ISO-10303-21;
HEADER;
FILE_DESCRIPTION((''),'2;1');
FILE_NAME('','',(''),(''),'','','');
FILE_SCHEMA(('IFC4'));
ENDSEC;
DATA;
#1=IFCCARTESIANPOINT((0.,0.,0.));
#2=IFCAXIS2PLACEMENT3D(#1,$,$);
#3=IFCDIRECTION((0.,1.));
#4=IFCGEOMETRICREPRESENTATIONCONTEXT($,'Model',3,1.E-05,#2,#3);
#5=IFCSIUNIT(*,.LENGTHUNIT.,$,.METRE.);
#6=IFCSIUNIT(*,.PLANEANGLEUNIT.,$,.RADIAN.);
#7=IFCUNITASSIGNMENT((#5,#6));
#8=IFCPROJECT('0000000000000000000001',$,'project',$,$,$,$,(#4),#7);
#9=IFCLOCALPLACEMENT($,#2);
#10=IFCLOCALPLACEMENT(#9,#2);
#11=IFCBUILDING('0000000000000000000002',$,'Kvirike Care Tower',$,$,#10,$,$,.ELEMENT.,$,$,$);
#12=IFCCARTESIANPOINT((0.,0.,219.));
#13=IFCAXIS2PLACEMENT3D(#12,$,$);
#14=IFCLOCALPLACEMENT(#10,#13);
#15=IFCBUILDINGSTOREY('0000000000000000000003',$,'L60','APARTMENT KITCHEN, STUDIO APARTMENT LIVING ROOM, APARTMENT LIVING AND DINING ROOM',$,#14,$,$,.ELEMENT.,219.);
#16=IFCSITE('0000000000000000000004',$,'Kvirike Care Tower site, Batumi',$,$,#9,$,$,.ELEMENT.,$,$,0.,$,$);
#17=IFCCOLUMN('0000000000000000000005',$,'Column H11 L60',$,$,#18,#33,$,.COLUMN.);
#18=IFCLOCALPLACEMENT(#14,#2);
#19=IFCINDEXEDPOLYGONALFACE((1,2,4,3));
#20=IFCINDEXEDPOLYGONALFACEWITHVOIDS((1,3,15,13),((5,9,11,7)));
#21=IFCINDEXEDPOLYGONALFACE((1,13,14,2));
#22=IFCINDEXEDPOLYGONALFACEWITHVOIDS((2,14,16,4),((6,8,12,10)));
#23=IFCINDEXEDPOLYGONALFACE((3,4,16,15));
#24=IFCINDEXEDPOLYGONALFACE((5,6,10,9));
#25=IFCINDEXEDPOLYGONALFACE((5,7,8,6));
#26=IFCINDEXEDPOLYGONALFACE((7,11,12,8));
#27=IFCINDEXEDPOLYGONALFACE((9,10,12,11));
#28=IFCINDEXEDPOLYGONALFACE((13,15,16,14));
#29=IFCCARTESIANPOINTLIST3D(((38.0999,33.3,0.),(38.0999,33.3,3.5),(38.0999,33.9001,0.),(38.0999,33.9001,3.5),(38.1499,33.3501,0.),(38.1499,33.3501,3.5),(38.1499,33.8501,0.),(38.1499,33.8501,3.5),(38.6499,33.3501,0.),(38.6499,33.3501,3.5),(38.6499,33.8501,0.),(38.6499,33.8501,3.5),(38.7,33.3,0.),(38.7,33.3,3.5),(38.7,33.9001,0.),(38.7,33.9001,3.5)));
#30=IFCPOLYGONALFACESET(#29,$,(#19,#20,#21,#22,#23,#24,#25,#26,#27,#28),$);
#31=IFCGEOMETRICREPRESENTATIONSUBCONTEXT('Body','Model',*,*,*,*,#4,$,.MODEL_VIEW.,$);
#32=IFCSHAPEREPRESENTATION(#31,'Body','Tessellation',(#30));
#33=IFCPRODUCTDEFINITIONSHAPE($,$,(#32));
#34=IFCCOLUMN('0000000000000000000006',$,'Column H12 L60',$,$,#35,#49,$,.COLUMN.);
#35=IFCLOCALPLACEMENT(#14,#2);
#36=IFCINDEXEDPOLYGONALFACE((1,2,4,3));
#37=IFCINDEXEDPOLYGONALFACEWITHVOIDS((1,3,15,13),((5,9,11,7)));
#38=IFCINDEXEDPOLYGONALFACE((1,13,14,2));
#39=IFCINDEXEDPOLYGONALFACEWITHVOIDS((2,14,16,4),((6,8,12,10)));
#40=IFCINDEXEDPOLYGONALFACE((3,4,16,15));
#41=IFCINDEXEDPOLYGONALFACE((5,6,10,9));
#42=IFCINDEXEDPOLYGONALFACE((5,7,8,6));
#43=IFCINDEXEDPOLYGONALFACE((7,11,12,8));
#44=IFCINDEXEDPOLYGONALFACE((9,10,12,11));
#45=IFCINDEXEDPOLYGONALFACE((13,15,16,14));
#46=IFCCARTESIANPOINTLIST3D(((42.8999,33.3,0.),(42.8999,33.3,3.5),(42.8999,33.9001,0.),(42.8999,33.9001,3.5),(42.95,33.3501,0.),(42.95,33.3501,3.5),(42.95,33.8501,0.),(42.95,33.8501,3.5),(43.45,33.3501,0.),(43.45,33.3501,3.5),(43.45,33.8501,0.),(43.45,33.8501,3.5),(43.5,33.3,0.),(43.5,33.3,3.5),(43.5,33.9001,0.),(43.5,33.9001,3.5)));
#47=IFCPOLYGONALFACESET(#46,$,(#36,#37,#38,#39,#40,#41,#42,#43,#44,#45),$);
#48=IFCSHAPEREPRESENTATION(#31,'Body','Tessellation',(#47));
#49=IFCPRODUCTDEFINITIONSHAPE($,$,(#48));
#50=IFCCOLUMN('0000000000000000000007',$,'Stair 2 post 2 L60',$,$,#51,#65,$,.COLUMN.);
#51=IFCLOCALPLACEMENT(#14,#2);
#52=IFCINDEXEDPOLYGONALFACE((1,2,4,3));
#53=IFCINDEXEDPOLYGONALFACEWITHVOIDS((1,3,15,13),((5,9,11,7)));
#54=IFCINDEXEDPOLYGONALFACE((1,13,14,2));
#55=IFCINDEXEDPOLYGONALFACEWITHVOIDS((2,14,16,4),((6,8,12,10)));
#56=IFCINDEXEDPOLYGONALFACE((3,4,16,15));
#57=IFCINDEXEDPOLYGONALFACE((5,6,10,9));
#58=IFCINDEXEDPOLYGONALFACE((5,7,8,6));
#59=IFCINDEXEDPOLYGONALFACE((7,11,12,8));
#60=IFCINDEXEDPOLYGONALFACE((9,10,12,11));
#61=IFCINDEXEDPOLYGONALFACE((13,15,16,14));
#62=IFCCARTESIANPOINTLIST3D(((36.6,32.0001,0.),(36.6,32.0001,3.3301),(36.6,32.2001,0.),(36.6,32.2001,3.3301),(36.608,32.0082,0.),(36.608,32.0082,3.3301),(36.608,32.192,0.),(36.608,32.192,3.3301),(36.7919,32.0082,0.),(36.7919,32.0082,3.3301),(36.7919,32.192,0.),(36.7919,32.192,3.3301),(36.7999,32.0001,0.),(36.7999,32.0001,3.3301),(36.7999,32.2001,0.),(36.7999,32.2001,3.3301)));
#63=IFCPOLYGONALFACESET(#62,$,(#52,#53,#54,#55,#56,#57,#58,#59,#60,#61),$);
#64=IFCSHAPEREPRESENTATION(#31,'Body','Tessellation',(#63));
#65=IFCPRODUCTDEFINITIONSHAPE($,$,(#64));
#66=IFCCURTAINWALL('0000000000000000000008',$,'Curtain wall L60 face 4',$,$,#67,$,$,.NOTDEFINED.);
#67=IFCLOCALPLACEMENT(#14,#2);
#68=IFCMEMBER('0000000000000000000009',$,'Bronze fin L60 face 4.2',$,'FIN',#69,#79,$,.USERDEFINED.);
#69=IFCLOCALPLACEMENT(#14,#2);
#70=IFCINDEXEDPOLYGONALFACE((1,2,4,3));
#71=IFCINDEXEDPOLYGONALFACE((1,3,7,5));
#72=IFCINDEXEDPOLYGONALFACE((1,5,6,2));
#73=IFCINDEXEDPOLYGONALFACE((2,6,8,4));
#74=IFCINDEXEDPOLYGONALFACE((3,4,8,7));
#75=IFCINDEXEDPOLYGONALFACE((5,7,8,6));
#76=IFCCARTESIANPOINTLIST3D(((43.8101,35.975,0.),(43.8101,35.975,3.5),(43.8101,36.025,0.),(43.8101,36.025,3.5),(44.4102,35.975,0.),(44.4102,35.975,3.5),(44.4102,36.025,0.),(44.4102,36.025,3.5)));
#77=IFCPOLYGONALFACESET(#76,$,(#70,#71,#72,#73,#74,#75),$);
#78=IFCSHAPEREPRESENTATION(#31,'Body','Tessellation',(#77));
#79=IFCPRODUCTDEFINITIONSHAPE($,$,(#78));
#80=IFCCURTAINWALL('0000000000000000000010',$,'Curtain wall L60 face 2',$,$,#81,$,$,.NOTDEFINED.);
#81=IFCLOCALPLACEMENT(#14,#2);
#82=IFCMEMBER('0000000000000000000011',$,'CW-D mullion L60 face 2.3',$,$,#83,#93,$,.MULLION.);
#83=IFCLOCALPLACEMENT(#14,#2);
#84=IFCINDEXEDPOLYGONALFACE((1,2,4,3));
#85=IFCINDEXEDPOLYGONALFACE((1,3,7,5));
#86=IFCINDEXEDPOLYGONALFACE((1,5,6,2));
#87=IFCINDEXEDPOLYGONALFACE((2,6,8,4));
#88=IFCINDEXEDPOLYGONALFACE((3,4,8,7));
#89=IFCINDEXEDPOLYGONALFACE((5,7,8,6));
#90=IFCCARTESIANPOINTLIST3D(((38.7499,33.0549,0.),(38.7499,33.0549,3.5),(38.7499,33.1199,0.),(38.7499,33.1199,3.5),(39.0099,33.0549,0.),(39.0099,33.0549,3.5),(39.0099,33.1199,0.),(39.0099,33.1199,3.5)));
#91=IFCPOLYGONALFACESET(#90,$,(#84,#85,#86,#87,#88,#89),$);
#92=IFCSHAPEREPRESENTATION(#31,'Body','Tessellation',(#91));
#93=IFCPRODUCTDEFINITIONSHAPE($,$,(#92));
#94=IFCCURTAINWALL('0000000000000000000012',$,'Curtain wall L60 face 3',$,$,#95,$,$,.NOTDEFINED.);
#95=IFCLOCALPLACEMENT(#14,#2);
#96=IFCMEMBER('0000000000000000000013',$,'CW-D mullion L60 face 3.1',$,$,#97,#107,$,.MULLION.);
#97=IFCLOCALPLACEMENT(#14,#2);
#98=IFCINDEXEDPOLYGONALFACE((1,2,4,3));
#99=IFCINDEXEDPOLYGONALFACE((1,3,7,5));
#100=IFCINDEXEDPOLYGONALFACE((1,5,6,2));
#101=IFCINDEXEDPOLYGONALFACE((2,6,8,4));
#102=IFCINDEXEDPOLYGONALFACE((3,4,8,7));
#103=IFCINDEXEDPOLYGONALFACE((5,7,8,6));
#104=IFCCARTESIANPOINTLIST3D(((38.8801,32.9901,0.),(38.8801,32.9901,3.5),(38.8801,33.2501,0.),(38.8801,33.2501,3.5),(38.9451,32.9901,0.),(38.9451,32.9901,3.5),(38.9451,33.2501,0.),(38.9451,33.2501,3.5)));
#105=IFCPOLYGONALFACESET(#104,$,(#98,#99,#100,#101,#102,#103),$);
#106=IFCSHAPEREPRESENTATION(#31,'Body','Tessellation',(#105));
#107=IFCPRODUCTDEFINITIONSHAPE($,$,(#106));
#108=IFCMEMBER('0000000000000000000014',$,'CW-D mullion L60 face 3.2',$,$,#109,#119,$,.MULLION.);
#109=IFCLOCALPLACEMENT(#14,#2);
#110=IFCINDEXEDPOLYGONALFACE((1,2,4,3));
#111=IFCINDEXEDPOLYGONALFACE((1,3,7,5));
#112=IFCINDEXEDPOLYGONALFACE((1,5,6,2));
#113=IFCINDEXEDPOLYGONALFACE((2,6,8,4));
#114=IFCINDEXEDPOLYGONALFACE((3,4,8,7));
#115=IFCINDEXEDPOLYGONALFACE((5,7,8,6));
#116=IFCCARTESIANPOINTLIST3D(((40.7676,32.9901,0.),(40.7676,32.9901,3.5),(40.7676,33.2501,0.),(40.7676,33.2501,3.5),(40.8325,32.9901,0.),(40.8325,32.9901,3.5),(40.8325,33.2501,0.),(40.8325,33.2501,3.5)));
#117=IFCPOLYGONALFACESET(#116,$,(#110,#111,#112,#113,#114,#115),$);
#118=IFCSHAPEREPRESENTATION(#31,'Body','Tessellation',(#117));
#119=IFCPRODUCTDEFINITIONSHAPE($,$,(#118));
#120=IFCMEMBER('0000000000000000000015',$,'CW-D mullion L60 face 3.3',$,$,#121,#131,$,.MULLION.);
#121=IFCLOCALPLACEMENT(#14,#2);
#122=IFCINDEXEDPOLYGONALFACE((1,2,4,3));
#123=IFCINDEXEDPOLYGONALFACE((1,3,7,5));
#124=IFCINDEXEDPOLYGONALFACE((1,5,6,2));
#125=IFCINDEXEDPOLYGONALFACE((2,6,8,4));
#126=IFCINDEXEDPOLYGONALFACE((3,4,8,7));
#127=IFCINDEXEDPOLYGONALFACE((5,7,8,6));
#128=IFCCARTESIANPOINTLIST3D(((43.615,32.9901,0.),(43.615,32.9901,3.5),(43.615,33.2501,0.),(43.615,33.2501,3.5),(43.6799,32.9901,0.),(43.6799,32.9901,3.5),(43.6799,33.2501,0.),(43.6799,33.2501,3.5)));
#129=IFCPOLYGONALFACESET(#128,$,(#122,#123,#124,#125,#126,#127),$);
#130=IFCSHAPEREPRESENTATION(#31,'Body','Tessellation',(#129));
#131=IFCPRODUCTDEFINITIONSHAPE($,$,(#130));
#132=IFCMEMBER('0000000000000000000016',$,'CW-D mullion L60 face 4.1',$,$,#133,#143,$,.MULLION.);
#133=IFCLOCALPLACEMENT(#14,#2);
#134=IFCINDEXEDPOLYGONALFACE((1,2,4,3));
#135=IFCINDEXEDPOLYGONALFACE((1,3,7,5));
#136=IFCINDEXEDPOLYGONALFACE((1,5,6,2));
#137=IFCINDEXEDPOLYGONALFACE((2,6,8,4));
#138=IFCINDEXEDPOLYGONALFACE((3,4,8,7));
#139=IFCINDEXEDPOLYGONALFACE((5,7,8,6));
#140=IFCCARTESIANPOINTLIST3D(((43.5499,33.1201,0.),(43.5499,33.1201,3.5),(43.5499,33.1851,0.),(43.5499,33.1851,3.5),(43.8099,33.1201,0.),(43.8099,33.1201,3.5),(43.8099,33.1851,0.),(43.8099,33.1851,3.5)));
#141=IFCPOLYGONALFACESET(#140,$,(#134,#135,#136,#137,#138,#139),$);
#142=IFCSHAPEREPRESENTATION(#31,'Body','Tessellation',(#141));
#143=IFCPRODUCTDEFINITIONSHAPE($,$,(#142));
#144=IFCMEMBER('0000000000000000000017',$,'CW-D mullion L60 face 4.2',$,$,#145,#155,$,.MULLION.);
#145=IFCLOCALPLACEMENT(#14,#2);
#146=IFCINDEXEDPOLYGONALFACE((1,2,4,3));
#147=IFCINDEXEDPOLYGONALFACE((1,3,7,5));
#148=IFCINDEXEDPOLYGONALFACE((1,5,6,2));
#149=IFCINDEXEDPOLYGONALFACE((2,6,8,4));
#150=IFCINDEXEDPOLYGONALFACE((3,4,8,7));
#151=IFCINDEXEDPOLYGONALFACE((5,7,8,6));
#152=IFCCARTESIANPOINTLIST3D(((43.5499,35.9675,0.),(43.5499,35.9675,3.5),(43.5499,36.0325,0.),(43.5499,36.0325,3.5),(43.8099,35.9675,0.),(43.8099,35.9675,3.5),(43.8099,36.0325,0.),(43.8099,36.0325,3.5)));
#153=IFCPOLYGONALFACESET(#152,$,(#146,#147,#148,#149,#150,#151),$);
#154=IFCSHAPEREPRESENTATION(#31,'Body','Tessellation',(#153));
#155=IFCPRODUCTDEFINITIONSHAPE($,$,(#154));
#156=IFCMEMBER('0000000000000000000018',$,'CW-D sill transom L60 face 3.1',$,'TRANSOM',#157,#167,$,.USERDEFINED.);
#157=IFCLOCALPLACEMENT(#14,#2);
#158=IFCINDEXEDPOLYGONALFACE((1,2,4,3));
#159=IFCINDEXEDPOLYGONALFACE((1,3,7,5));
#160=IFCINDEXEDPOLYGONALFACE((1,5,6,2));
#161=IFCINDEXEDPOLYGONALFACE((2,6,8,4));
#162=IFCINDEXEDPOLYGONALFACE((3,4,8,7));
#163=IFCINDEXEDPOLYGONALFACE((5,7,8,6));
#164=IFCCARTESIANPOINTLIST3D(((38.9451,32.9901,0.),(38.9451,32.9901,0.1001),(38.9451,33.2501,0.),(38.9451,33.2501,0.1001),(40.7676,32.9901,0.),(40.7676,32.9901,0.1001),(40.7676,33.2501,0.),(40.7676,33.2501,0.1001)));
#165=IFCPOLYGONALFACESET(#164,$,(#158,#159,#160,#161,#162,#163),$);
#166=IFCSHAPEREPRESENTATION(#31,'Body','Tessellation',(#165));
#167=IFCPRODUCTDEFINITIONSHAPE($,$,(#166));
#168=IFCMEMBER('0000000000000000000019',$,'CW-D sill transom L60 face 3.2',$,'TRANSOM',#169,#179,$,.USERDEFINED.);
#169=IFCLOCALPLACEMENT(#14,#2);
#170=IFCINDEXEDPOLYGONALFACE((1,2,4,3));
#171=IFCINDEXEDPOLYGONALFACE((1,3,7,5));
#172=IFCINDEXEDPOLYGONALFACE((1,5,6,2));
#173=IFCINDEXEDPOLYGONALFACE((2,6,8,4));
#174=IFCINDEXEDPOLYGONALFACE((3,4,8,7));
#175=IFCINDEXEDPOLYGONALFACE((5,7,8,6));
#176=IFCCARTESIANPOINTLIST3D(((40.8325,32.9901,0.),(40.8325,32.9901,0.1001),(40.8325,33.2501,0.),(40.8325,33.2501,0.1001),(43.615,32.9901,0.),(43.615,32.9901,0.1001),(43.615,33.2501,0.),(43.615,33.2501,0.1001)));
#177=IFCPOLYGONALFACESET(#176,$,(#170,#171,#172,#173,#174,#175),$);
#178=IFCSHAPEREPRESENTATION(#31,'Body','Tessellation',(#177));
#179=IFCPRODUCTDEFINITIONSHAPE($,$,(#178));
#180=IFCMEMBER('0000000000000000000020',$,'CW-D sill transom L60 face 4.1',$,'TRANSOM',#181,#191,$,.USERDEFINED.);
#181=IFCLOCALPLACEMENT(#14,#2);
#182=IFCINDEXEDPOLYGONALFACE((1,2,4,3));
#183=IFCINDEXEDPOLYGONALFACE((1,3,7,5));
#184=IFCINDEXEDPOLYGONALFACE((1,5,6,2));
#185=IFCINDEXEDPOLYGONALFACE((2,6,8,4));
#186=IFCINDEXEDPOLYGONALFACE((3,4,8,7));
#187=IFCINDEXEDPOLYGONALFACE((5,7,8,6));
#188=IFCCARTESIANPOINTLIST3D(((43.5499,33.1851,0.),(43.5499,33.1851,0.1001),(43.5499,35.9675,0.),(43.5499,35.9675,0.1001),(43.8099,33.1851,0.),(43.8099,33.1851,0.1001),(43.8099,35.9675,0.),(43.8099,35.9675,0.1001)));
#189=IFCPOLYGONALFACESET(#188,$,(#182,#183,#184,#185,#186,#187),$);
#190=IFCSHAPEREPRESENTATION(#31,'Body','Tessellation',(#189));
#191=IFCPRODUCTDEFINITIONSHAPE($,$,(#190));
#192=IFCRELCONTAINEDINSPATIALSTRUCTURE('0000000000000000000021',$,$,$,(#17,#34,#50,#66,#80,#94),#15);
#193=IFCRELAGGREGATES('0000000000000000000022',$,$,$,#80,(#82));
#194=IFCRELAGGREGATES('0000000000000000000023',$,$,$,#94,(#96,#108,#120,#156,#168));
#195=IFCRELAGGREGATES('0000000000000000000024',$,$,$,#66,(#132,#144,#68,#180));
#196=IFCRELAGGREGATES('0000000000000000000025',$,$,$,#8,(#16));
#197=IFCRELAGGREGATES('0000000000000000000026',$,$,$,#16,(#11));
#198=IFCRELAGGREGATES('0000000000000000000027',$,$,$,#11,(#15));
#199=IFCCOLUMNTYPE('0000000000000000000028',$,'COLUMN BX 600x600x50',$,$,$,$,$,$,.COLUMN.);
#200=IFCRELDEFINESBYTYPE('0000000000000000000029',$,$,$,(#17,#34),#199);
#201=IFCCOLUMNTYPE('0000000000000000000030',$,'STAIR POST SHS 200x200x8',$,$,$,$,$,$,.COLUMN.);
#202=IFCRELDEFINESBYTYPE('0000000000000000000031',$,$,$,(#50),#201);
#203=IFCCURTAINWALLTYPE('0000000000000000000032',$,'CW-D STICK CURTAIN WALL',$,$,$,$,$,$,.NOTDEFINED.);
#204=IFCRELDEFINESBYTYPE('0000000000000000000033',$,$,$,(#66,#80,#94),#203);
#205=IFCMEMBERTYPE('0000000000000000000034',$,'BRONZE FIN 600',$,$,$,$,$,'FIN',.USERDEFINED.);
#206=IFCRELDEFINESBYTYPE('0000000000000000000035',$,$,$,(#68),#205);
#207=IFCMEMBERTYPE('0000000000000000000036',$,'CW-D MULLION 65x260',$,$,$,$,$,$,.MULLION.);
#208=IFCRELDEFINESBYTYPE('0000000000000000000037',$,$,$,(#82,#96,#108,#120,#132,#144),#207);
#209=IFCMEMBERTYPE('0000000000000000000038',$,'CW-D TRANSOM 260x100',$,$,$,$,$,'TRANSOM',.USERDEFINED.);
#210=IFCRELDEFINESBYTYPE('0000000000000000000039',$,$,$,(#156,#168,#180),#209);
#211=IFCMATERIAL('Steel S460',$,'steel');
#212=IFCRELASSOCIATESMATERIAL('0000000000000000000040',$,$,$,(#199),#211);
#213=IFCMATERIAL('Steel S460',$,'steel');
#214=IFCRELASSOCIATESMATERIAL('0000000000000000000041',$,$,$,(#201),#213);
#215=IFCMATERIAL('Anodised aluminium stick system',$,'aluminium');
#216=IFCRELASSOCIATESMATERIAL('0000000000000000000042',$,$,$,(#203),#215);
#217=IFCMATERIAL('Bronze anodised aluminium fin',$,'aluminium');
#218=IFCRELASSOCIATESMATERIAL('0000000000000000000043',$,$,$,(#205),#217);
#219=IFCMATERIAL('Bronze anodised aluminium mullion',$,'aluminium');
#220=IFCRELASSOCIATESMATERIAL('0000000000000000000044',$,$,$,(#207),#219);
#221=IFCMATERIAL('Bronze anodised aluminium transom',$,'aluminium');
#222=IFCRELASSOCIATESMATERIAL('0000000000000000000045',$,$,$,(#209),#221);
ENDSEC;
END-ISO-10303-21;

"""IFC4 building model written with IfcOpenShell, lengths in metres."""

from ifc_helpers import new_model, si_unit, direction, frame, origin, origin_2d, place, context, subcontext, project, spatial, rectangle, hollow_rectangle, extrude, material, material_profile, profile_set, type_object, element, aggregate, save


model = new_model("IFC4")

# Units and contexts
model_context = context("Model", 3, precision=1e-05, world=origin(), true_north=direction((0.0, 1.0)))
body_context = subcontext(model_context, "Body", "Model", "MODEL_VIEW")
ifc_project = project(units=[si_unit("LENGTHUNIT", "METRE"), si_unit("PLANEANGLEUNIT", "RADIAN")], contexts=[model_context])

# Site, building, storey
site_placement = place(None, origin())
site = spatial("IfcSite", under=ifc_project, at=site_placement, Name="Kvirike Care Tower site, Batumi", CompositionType="ELEMENT", RefElevation=0.0)
building_placement = place(site_placement, origin())
building = spatial("IfcBuilding", under=site, at=building_placement, Name="Kvirike Care Tower", CompositionType="ELEMENT")
storey_placement = place(building_placement, frame((0.0, 0.0, 219.0)))
storey = spatial("IfcBuildingStorey", under=building, at=storey_placement, Name="L60", Description="APARTMENT KITCHEN, STUDIO APARTMENT LIVING ROOM, APARTMENT LIVING AND DINING ROOM", CompositionType="ELEMENT", Elevation=219.0)

# Columns
ifc_material_1 = material(Name="Steel S460", Category="steel")
ifc_material_profile_1 = material_profile(ifc_material_1, hollow_rectangle(XDim=0.6001, YDim=0.6001, WallThickness=0.05, at=origin_2d()), Name="BX 600x600x50")
ifc_profile_set_1 = profile_set([ifc_material_profile_1], Name="Steel S460")
column_type_1 = type_object("IfcColumnType", Name="COLUMN BX 600x600x50", PredefinedType="COLUMN", material=ifc_profile_set_1)
for number, where, z_axis, x_axis, name in (
    (1, (38.3999, 33.6001, 0.0), (0.0, 0.0, 1.0), (0.0, 1.0, 0.0), "Column H11 L60"),
    (2, (43.2, 33.6001, 0.0), (0.0, 0.0, 1.0), (0.0, 1.0, 0.0), "Column H12 L60"),
):
    element("IfcColumn", number, at=place(storey_placement, frame(where, z_axis=z_axis, x_axis=x_axis)), inside=storey, type_object=column_type_1, Name=name, PredefinedType="COLUMN", context=body_context, shape_type="SweptSolid", body=[
        extrude(hollow_rectangle(XDim=0.6001, YDim=0.6001, WallThickness=0.05, at=origin_2d()), origin(), (0.0, 0.0, 1.0), 3.5),
    ])
ifc_material_2 = material(Name="Steel S460", Category="steel")
ifc_material_profile_2 = material_profile(ifc_material_2, hollow_rectangle(XDim=0.2, YDim=0.2, WallThickness=0.0081, at=origin_2d()), Name="SHS 200x200x8")
ifc_profile_set_2 = profile_set([ifc_material_profile_2], Name="Steel S460")
column_type_2 = type_object("IfcColumnType", Name="STAIR POST SHS 200x200x8", PredefinedType="COLUMN", material=ifc_profile_set_2)
column_placement = place(storey_placement, frame((36.7, 32.1001, 0.0), z_axis=(0.0, 0.0, 1.0), x_axis=(1.0, 0.0, 0.0)))
element("IfcColumn", 3, at=column_placement, inside=storey, type_object=column_type_2, Name="Stair 2 post 2 L60", PredefinedType="COLUMN", context=body_context, shape_type="SweptSolid", body=[
    extrude(hollow_rectangle(XDim=0.2, YDim=0.2, WallThickness=0.0081, at=origin_2d()), origin(), (0.0, 0.0, 1.0), 3.3301),
])

# Curtain walls, members
ifc_material_3 = material(Name="Anodised aluminium stick system", Category="aluminium")
curtain_wall_type = type_object("IfcCurtainWallType", Name="CW-D STICK CURTAIN WALL", PredefinedType="NOTDEFINED", material=ifc_material_3)
curtain_wall_1_placement = place(storey_placement, origin())
curtain_wall_1 = element("IfcCurtainWall", 4, at=curtain_wall_1_placement, inside=storey, type_object=curtain_wall_type, Name="Curtain wall L60 face 4", PredefinedType="NOTDEFINED")
ifc_material_4 = material(Name="Bronze anodised aluminium fin", Category="aluminium")
ifc_material_profile_3 = material_profile(ifc_material_4, rectangle(XDim=0.05, YDim=0.6001, at=origin_2d()), Name="BRONZE FIN 600")
ifc_profile_set_3 = profile_set([ifc_material_profile_3], Name="Bronze anodised aluminium fin")
member_type_1 = type_object("IfcMemberType", Name="BRONZE FIN 600", ElementType="FIN", PredefinedType="USERDEFINED", material=ifc_profile_set_3)
member_1_placement = place(storey_placement, frame((44.1101, 36.0, 0.0), z_axis=(0.0, 0.0, 1.0), x_axis=(0.0, 1.0, 0.0)))
member_1 = element("IfcMember", 5, at=member_1_placement, type_object=member_type_1, Name="Bronze fin L60 face 4.2", ObjectType="FIN", PredefinedType="USERDEFINED", context=body_context, shape_type="SweptSolid", body=[
    extrude(rectangle(XDim=0.05, YDim=0.6001, at=origin_2d()), origin(), (0.0, 0.0, 1.0), 3.5),
])
curtain_wall_2_placement = place(storey_placement, origin())
curtain_wall_2 = element("IfcCurtainWall", 6, at=curtain_wall_2_placement, inside=storey, type_object=curtain_wall_type, Name="Curtain wall L60 face 2", PredefinedType="NOTDEFINED")
ifc_material_5 = material(Name="Bronze anodised aluminium mullion", Category="aluminium")
ifc_material_profile_4 = material_profile(ifc_material_5, rectangle(XDim=0.0649, YDim=0.26, at=origin_2d()), Name="CW-D MULLION 65x260")
ifc_profile_set_4 = profile_set([ifc_material_profile_4], Name="Bronze anodised aluminium mullion")
member_type_2 = type_object("IfcMemberType", Name="CW-D MULLION 65x260", PredefinedType="MULLION", material=ifc_profile_set_4)
member_2_placement = place(storey_placement, frame((38.8799, 33.0874, 0.0), z_axis=(0.0, 0.0, 1.0), x_axis=(0.0, 1.0, 0.0)))
member_2 = element("IfcMember", 7, at=member_2_placement, type_object=member_type_2, Name="CW-D mullion L60 face 2.3", PredefinedType="MULLION", context=body_context, shape_type="SweptSolid", body=[
    extrude(rectangle(XDim=0.0649, YDim=0.26, at=origin_2d()), origin(), (0.0, 0.0, 1.0), 3.5),
])

# Curtain wall, members
curtain_wall_3_placement = place(storey_placement, origin())
curtain_wall_3 = element("IfcCurtainWall", 8, at=curtain_wall_3_placement, inside=storey, type_object=curtain_wall_type, Name="Curtain wall L60 face 3", PredefinedType="NOTDEFINED")
member_3_placement = place(storey_placement, frame((38.9126, 33.1201, 0.0), z_axis=(0.0, 0.0, 1.0), x_axis=(1.0, 0.0, 0.0)))
member_3 = element("IfcMember", 9, at=member_3_placement, type_object=member_type_2, Name="CW-D mullion L60 face 3.1", PredefinedType="MULLION", context=body_context, shape_type="SweptSolid", body=[
    extrude(rectangle(XDim=0.0649, YDim=0.26, at=origin_2d()), origin(), (0.0, 0.0, 1.0), 3.5),
])
member_4_placement = place(storey_placement, frame((40.8, 33.1201, 0.0), z_axis=(0.0, 0.0, 1.0), x_axis=(1.0, 0.0, 0.0)))
member_4 = element("IfcMember", 10, at=member_4_placement, type_object=member_type_2, Name="CW-D mullion L60 face 3.2", PredefinedType="MULLION", context=body_context, shape_type="SweptSolid", body=[
    extrude(rectangle(XDim=0.0649, YDim=0.26, at=origin_2d()), origin(), (0.0, 0.0, 1.0), 3.5),
])
member_5_placement = place(storey_placement, frame((43.6475, 33.1201, 0.0), z_axis=(0.0, 0.0, 1.0), x_axis=(1.0, 0.0, 0.0)))
member_5 = element("IfcMember", 11, at=member_5_placement, type_object=member_type_2, Name="CW-D mullion L60 face 3.3", PredefinedType="MULLION", context=body_context, shape_type="SweptSolid", body=[
    extrude(rectangle(XDim=0.0649, YDim=0.26, at=origin_2d()), origin(), (0.0, 0.0, 1.0), 3.5),
])

# Members
member_6_placement = place(storey_placement, frame((43.6799, 33.1526, 0.0), z_axis=(0.0, 0.0, 1.0), x_axis=(0.0, 1.0, 0.0)))
member_6 = element("IfcMember", 12, at=member_6_placement, type_object=member_type_2, Name="CW-D mullion L60 face 4.1", PredefinedType="MULLION", context=body_context, shape_type="SweptSolid", body=[
    extrude(rectangle(XDim=0.0649, YDim=0.26, at=origin_2d()), origin(), (0.0, 0.0, 1.0), 3.5),
])
member_7_placement = place(storey_placement, frame((43.6799, 36.0, 0.0), z_axis=(0.0, 0.0, 1.0), x_axis=(0.0, 1.0, 0.0)))
member_7 = element("IfcMember", 13, at=member_7_placement, type_object=member_type_2, Name="CW-D mullion L60 face 4.2", PredefinedType="MULLION", context=body_context, shape_type="SweptSolid", body=[
    extrude(rectangle(XDim=0.0649, YDim=0.26, at=origin_2d()), origin(), (0.0, 0.0, 1.0), 3.5),
])
ifc_material_6 = material(Name="Bronze anodised aluminium transom", Category="aluminium")
ifc_material_profile_5 = material_profile(ifc_material_6, rectangle(XDim=0.26, YDim=0.1001, at=origin_2d()), Name="CW-D TRANSOM 260x100")
ifc_profile_set_5 = profile_set([ifc_material_profile_5], Name="Bronze anodised aluminium transom")
member_type_3 = type_object("IfcMemberType", Name="CW-D TRANSOM 260x100", ElementType="TRANSOM", PredefinedType="USERDEFINED", material=ifc_profile_set_5)
member_8_placement = place(storey_placement, frame((38.9451, 33.1201, 0.05), z_axis=(1.0, 0.0, 0.0), x_axis=(0.0, 1.0, 0.0)))
member_8 = element("IfcMember", 14, at=member_8_placement, type_object=member_type_3, Name="CW-D sill transom L60 face 3.1", ObjectType="TRANSOM", PredefinedType="USERDEFINED", context=body_context, shape_type="SweptSolid", body=[
    extrude(rectangle(XDim=0.26, YDim=0.1001, at=origin_2d()), origin(), (0.0, 0.0, 1.0), 1.8225),
])
member_9_placement = place(storey_placement, frame((40.8325, 33.1201, 0.05), z_axis=(1.0, 0.0, 0.0), x_axis=(0.0, 1.0, 0.0)))
member_9 = element("IfcMember", 15, at=member_9_placement, type_object=member_type_3, Name="CW-D sill transom L60 face 3.2", ObjectType="TRANSOM", PredefinedType="USERDEFINED", context=body_context, shape_type="SweptSolid", body=[
    extrude(rectangle(XDim=0.26, YDim=0.1001, at=origin_2d()), origin(), (0.0, 0.0, 1.0), 2.7825),
])
member_10_placement = place(storey_placement, frame((43.6799, 33.1851, 0.05), z_axis=(0.0, 1.0, 0.0), x_axis=(-1.0, 0.0, 0.0)))
member_10 = element("IfcMember", 16, at=member_10_placement, type_object=member_type_3, Name="CW-D sill transom L60 face 4.1", ObjectType="TRANSOM", PredefinedType="USERDEFINED", context=body_context, shape_type="SweptSolid", body=[
    extrude(rectangle(XDim=0.26, YDim=0.1001, at=origin_2d()), origin(), (0.0, 0.0, 1.0), 2.7825),
])

aggregate(curtain_wall_2, [member_2])
aggregate(curtain_wall_3, [member_3, member_4, member_5, member_8, member_9])
aggregate(curtain_wall_1, [member_6, member_7, member_1, member_10])

save(model, "model.ifc")
